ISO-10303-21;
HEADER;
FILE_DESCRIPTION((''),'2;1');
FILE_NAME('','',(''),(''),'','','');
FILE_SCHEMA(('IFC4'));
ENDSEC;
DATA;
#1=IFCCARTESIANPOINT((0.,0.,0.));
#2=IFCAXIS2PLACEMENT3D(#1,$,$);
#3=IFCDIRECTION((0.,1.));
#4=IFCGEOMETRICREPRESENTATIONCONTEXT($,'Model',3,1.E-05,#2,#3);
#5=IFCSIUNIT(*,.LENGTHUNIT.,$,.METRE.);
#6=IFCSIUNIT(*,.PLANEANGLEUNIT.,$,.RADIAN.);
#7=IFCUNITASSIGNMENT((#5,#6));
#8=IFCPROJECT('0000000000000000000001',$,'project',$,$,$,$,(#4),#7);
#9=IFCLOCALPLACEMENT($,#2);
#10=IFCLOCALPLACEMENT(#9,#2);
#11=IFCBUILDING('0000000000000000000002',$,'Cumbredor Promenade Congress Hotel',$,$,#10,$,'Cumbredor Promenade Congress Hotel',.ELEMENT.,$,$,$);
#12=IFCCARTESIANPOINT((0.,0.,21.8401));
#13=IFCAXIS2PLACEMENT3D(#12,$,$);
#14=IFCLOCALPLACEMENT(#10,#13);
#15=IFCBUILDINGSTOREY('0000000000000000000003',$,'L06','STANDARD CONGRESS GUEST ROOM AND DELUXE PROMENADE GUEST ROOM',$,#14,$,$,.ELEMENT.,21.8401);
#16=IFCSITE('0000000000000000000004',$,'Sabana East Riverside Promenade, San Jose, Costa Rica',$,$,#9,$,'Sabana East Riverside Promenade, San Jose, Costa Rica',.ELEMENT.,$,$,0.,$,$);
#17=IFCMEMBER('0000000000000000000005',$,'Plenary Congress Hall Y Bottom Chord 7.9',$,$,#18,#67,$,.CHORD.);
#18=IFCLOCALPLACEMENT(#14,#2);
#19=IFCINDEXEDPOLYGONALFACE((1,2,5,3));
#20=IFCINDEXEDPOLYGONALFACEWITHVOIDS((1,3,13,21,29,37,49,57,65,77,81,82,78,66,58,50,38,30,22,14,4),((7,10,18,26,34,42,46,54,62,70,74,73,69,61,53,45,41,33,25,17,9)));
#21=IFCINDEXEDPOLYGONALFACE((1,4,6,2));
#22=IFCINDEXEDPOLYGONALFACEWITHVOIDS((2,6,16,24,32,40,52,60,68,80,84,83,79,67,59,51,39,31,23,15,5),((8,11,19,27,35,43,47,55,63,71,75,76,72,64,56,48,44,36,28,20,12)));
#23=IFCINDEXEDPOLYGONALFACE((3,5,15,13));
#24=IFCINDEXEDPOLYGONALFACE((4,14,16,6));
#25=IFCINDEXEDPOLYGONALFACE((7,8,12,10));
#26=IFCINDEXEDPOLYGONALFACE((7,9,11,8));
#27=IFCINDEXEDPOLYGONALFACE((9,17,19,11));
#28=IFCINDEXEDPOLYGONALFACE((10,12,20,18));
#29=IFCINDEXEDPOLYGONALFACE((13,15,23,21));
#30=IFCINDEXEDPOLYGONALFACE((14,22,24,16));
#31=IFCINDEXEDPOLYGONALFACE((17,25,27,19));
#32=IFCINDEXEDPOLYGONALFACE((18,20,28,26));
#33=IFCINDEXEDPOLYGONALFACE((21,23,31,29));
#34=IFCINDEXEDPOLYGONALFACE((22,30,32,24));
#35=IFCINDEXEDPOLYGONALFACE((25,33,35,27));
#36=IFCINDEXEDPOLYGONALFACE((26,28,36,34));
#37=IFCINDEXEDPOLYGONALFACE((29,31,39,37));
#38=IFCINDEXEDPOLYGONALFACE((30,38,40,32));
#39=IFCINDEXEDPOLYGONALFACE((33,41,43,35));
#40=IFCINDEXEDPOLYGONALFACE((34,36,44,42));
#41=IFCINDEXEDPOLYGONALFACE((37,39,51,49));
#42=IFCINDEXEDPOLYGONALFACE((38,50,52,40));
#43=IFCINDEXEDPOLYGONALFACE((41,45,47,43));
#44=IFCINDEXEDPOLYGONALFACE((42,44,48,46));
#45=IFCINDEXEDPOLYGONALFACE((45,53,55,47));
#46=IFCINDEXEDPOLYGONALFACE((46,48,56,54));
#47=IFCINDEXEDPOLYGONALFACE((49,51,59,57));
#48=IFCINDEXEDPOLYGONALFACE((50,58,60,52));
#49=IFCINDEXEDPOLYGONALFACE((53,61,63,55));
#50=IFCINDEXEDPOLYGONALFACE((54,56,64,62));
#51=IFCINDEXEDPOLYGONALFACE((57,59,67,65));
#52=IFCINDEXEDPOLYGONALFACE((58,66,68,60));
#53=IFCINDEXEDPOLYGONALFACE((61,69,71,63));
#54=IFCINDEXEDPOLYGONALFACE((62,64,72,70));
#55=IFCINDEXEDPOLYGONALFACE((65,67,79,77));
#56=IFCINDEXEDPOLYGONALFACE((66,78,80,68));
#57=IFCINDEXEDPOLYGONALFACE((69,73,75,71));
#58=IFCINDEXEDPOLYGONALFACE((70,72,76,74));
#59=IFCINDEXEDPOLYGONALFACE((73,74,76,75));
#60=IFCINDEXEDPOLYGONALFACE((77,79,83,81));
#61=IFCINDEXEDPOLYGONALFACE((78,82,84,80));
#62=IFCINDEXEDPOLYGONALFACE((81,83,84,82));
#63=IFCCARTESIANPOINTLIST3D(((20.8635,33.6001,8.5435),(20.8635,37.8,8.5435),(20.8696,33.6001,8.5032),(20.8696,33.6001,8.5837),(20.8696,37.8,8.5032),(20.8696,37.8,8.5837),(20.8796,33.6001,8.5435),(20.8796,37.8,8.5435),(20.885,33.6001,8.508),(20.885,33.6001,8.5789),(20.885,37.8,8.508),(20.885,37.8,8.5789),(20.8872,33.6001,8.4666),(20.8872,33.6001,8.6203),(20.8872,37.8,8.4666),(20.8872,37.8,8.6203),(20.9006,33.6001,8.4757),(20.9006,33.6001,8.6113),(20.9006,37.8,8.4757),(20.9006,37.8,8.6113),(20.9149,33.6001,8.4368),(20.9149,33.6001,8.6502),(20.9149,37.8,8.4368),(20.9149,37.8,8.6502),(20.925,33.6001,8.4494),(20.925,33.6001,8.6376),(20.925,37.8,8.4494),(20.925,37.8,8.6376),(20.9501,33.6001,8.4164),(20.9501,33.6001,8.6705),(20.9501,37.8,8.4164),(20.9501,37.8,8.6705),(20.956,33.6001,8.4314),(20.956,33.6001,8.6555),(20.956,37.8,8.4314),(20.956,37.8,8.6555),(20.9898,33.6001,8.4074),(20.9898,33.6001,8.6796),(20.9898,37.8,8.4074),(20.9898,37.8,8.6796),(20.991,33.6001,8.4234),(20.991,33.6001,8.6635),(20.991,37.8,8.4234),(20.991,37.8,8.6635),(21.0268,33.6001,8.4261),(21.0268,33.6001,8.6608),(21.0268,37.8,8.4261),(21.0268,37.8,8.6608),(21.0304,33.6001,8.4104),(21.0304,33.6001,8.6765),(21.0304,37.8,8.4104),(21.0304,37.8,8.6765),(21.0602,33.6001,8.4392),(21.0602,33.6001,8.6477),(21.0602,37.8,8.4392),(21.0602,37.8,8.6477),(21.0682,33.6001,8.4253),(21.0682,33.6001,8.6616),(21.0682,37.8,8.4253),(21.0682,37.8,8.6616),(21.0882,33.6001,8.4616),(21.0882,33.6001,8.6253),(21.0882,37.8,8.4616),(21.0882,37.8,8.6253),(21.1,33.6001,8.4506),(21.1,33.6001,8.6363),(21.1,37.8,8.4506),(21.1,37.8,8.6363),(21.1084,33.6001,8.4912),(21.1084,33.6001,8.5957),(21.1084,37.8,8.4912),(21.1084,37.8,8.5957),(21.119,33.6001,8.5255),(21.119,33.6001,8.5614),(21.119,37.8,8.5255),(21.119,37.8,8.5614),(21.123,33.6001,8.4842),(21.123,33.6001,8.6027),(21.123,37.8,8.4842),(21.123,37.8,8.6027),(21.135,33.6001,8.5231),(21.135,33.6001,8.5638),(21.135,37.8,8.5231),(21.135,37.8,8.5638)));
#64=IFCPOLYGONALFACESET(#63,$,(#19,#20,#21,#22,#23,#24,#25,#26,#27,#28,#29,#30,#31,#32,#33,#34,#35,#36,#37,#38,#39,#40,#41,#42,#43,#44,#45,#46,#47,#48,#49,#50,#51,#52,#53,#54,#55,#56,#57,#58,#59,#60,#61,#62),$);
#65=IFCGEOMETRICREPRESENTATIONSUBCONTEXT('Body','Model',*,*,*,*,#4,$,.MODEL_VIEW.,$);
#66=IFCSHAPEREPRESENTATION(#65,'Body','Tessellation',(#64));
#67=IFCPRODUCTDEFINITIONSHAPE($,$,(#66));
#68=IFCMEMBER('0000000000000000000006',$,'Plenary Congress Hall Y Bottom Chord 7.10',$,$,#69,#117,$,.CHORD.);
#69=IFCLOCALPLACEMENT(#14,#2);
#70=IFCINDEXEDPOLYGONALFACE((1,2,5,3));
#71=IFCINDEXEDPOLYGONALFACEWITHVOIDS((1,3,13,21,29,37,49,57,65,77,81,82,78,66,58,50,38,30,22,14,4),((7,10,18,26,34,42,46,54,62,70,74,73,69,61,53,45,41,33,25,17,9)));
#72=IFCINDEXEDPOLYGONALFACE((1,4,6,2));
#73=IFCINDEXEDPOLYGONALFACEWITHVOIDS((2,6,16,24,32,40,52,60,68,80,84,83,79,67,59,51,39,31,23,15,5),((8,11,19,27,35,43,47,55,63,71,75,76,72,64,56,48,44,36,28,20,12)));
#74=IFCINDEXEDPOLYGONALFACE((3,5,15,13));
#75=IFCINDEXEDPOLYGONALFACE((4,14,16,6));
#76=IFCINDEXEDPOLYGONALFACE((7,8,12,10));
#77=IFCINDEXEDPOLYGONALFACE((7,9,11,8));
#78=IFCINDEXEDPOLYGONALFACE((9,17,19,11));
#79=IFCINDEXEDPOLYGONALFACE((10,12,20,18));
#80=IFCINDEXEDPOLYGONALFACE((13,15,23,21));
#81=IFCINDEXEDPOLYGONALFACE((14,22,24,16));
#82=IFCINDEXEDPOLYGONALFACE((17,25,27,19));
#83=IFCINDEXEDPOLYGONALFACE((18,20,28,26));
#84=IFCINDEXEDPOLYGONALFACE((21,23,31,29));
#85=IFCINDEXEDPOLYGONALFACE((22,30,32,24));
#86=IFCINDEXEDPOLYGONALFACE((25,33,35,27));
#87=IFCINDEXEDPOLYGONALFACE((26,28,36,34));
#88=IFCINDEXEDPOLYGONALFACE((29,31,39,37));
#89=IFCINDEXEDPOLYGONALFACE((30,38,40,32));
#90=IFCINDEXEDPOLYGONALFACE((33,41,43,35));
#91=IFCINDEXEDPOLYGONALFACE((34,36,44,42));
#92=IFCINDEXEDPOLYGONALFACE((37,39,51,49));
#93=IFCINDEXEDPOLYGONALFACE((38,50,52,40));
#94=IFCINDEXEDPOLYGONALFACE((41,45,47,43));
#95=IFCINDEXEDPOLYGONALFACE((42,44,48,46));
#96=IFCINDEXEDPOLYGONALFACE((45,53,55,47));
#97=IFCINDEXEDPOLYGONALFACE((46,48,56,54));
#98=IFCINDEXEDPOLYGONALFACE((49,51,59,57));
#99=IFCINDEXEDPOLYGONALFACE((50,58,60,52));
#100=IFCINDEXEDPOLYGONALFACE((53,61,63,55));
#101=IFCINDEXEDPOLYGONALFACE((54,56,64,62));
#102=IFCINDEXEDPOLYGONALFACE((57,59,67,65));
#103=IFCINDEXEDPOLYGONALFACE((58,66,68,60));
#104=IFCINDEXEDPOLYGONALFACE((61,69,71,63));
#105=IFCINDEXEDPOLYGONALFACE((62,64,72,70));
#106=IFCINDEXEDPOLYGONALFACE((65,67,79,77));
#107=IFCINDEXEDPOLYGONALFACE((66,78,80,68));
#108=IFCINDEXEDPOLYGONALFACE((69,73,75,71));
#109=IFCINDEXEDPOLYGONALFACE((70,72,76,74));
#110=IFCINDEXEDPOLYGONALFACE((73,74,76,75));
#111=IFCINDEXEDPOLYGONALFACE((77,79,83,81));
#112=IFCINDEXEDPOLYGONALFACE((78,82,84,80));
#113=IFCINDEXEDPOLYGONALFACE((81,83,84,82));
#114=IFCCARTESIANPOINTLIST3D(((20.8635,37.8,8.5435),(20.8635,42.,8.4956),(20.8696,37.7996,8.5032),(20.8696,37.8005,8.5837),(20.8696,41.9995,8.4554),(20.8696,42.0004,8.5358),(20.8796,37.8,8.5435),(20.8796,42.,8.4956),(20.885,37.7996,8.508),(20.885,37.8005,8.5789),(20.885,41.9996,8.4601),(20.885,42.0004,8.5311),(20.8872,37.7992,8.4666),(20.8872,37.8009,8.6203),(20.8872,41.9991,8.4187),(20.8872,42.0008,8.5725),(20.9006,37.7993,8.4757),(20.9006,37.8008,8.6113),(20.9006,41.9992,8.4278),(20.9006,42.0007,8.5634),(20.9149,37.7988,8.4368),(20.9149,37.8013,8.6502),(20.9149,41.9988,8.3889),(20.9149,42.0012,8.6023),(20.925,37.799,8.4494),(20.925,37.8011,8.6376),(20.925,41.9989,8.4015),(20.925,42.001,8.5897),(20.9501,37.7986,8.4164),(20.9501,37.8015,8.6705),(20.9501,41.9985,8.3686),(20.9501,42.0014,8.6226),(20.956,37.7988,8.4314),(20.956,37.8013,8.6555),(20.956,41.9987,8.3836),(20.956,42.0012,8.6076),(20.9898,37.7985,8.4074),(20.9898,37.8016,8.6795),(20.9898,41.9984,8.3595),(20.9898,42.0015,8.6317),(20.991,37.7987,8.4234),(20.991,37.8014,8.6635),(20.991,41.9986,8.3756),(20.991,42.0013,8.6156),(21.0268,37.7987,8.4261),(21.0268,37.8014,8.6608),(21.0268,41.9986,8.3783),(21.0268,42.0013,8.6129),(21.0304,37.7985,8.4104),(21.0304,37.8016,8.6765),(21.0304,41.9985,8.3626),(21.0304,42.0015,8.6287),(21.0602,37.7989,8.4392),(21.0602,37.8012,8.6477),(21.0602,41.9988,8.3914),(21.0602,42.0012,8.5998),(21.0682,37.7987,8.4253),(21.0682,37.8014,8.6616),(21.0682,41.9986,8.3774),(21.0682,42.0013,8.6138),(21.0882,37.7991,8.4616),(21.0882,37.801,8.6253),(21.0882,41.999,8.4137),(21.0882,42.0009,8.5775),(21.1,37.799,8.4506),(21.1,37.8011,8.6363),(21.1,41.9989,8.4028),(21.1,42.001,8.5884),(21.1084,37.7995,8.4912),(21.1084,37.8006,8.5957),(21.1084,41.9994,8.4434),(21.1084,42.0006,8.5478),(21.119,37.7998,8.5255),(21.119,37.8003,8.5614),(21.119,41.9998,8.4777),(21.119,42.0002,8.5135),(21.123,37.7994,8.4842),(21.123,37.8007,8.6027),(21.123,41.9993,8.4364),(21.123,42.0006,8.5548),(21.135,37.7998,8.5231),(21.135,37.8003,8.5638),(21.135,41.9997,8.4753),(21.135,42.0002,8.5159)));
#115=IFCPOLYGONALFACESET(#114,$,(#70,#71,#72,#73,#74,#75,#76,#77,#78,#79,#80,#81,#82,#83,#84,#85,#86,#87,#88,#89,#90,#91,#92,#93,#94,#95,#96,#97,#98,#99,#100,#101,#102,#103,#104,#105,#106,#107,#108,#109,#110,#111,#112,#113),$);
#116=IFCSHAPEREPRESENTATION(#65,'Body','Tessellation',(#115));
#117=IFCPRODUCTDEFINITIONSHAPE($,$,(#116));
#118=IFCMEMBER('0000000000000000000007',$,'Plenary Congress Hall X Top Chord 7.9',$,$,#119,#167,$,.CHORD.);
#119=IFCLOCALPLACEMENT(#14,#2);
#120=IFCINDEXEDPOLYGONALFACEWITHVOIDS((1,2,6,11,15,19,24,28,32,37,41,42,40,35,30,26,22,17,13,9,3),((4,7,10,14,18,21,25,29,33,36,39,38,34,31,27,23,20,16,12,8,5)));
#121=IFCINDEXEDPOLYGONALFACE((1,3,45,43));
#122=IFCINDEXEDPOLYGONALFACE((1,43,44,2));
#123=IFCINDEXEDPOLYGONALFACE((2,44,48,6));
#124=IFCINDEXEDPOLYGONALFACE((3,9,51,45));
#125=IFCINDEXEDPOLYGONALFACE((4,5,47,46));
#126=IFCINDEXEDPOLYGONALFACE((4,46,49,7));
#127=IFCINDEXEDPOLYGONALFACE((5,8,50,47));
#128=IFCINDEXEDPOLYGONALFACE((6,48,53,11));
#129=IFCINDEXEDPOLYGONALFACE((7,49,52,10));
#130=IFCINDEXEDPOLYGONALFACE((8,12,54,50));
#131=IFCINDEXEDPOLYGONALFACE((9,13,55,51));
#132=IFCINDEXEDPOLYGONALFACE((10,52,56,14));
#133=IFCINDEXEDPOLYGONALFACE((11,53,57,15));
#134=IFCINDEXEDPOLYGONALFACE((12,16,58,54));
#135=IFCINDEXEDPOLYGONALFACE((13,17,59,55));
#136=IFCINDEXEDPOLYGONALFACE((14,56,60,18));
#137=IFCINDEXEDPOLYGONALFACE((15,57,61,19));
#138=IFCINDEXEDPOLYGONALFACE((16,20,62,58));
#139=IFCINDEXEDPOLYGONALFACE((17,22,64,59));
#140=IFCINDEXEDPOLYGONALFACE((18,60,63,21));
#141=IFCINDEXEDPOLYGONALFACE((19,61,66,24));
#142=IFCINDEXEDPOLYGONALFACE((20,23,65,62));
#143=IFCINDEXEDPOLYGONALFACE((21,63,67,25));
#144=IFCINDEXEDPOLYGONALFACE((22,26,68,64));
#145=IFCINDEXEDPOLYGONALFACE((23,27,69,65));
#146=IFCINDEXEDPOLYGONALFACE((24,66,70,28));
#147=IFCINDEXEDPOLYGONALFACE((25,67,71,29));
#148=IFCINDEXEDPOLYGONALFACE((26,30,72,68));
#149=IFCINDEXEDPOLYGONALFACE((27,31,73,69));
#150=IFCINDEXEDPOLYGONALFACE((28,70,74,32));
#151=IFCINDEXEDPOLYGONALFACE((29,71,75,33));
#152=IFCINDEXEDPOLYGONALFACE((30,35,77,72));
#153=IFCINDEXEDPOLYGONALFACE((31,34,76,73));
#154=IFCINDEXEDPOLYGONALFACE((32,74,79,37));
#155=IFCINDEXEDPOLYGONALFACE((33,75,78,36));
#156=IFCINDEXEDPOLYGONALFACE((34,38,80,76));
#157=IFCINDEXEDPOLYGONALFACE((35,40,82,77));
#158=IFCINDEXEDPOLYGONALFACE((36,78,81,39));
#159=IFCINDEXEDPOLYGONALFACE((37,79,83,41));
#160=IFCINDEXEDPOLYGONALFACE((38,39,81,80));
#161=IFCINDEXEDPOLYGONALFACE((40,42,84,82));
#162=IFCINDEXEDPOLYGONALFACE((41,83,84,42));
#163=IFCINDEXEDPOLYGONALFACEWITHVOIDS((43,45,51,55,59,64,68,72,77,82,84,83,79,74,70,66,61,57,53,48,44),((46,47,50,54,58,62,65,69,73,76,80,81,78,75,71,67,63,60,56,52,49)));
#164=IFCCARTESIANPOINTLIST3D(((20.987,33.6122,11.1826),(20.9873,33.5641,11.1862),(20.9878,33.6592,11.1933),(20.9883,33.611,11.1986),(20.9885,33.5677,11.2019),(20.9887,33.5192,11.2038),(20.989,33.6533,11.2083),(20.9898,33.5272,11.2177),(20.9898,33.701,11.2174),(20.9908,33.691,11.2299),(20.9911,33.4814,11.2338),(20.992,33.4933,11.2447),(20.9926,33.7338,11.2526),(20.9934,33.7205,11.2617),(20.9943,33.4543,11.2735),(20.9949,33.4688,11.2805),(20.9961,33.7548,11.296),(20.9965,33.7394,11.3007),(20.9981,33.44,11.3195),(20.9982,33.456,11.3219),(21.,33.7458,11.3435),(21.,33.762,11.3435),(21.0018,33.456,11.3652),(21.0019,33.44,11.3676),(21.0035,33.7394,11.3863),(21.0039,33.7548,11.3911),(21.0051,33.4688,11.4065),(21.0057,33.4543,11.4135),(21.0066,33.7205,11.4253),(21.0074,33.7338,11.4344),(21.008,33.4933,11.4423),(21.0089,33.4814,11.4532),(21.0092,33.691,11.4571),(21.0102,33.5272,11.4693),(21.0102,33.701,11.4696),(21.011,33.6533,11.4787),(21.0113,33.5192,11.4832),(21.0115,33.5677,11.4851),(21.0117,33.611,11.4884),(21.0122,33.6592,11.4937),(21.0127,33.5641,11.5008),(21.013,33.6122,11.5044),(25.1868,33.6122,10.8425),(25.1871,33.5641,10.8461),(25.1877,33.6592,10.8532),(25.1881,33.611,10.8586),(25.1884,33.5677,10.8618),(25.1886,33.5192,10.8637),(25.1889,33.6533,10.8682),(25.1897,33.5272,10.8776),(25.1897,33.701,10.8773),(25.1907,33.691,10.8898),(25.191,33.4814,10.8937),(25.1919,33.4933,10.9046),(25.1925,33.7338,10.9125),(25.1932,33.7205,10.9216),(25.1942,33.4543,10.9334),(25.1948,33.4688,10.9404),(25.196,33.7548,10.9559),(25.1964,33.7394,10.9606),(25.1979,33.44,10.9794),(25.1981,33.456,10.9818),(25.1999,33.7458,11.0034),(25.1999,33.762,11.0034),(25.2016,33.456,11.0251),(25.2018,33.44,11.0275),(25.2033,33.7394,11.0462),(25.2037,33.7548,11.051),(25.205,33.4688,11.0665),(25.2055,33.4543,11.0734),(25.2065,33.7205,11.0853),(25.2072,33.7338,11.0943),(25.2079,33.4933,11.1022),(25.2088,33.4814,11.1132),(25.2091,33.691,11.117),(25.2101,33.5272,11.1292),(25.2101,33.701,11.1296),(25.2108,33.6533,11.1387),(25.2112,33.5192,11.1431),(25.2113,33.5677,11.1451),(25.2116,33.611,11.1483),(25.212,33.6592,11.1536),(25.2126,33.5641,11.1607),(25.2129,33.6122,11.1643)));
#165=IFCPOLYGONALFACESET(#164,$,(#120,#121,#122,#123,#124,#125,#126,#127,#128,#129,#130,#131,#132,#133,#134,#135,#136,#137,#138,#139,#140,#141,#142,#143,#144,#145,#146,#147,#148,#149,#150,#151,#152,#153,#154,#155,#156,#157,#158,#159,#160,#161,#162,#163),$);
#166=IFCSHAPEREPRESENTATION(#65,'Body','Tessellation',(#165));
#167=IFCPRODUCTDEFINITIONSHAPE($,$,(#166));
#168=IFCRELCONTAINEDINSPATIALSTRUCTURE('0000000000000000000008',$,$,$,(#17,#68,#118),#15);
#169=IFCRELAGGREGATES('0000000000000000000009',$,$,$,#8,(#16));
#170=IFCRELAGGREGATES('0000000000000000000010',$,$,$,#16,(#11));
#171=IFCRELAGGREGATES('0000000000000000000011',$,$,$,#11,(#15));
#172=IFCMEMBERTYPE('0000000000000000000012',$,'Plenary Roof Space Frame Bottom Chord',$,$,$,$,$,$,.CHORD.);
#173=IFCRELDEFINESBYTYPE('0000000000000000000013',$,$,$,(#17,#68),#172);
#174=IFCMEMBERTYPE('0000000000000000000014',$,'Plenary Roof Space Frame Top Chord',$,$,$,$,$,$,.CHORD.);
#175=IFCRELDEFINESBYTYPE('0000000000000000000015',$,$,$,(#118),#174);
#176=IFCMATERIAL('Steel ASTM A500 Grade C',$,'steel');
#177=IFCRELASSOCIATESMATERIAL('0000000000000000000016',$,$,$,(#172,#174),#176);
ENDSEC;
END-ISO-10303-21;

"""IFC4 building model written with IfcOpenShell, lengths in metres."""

from ifc_helpers import new_model, si_unit, direction, frame, origin, origin_2d, place, context, subcontext, project, spatial, hollow_circle, extrude, material, material_profile, profile_set, type_object, element, save


model = new_model("IFC4")

# Units and contexts
model_context = context("Model", 3, precision=1e-05, world=origin(), true_north=direction((0.0, 1.0)))
body_context = subcontext(model_context, "Body", "Model", "MODEL_VIEW")
ifc_project = project(units=[si_unit("LENGTHUNIT", "METRE"), si_unit("PLANEANGLEUNIT", "RADIAN")], contexts=[model_context])

# Site, building, storey
site_placement = place(None, origin())
site = spatial("IfcSite", under=ifc_project, at=site_placement, Name="Sabana East Riverside Promenade, San Jose, Costa Rica", LongName="Sabana East Riverside Promenade, San Jose, Costa Rica", CompositionType="ELEMENT", RefElevation=0.0)
building_placement = place(site_placement, origin())
building = spatial("IfcBuilding", under=site, at=building_placement, Name="Cumbredor Promenade Congress Hotel", LongName="Cumbredor Promenade Congress Hotel", CompositionType="ELEMENT")
storey_placement = place(building_placement, frame((0.0, 0.0, 21.8401)))
storey = spatial("IfcBuildingStorey", under=building, at=storey_placement, Name="L06", Description="STANDARD CONGRESS GUEST ROOM AND DELUXE PROMENADE GUEST ROOM", CompositionType="ELEMENT", Elevation=21.8401)

# Members
ifc_material_1 = material(Name="Steel ASTM A500 Grade C", Category="steel")
ifc_material_profile_1 = material_profile(ifc_material_1, hollow_circle(Radius=0.1365, WallThickness=0.0161, at=origin_2d()), Name="CHS 273.0x16")
ifc_profile_set_1 = profile_set([ifc_material_profile_1], Name="Steel ASTM A500 Grade C")
member_type_1 = type_object("IfcMemberType", Name="Plenary Roof Space Frame Bottom Chord", PredefinedType="CHORD", material=ifc_profile_set_1)
member_1_placement = place(storey_placement, frame((21.0, 33.6001, 8.5435), z_axis=(0.0, 1.0, 0.0), x_axis=(-1.0, 0.0, 0.0)))
element("IfcMember", 1, at=member_1_placement, inside=storey, type_object=member_type_1, Name="Plenary Congress Hall Y Bottom Chord 7.9", PredefinedType="CHORD", context=body_context, shape_type="SweptSolid", body=[
    extrude(hollow_circle(Radius=0.1365, WallThickness=0.0161, at=origin_2d()), origin(), (0.0, 0.0, 1.0), 4.2),
])
member_2_placement = place(storey_placement, frame((21.0, 37.8, 8.5435), z_axis=(0.0, 0.999935, -0.011393), x_axis=(-1.0, 0.0, 0.0)))
element("IfcMember", 2, at=member_2_placement, inside=storey, type_object=member_type_1, Name="Plenary Congress Hall Y Bottom Chord 7.10", PredefinedType="CHORD", context=body_context, shape_type="SweptSolid", body=[
    extrude(hollow_circle(Radius=0.1365, WallThickness=0.0161, at=origin_2d()), origin(), (0.0, 0.0, 1.0), 4.2002),
])
ifc_material_profile_2 = material_profile(ifc_material_1, hollow_circle(Radius=0.1619, WallThickness=0.0161, at=origin_2d()), Name="CHS 323.9x16")
ifc_profile_set_2 = profile_set([ifc_material_profile_2], Name="Steel ASTM A500 Grade C")
member_type_2 = type_object("IfcMemberType", Name="Plenary Roof Space Frame Top Chord", PredefinedType="CHORD", material=ifc_profile_set_2)
member_3_placement = place(storey_placement, frame((21.0, 33.6001, 11.3435), z_axis=(0.996738, 0.0, -0.08071), x_axis=(0.0, 1.0, 0.0)))
element("IfcMember", 3, at=member_3_placement, inside=storey, type_object=member_type_2, Name="Plenary Congress Hall X Top Chord 7.9", PredefinedType="CHORD", context=body_context, shape_type="SweptSolid", body=[
    extrude(hollow_circle(Radius=0.1619, WallThickness=0.0161, at=origin_2d()), origin(), (0.0, 0.0, 1.0), 4.2136),
])

save(model, "model.ifc")
